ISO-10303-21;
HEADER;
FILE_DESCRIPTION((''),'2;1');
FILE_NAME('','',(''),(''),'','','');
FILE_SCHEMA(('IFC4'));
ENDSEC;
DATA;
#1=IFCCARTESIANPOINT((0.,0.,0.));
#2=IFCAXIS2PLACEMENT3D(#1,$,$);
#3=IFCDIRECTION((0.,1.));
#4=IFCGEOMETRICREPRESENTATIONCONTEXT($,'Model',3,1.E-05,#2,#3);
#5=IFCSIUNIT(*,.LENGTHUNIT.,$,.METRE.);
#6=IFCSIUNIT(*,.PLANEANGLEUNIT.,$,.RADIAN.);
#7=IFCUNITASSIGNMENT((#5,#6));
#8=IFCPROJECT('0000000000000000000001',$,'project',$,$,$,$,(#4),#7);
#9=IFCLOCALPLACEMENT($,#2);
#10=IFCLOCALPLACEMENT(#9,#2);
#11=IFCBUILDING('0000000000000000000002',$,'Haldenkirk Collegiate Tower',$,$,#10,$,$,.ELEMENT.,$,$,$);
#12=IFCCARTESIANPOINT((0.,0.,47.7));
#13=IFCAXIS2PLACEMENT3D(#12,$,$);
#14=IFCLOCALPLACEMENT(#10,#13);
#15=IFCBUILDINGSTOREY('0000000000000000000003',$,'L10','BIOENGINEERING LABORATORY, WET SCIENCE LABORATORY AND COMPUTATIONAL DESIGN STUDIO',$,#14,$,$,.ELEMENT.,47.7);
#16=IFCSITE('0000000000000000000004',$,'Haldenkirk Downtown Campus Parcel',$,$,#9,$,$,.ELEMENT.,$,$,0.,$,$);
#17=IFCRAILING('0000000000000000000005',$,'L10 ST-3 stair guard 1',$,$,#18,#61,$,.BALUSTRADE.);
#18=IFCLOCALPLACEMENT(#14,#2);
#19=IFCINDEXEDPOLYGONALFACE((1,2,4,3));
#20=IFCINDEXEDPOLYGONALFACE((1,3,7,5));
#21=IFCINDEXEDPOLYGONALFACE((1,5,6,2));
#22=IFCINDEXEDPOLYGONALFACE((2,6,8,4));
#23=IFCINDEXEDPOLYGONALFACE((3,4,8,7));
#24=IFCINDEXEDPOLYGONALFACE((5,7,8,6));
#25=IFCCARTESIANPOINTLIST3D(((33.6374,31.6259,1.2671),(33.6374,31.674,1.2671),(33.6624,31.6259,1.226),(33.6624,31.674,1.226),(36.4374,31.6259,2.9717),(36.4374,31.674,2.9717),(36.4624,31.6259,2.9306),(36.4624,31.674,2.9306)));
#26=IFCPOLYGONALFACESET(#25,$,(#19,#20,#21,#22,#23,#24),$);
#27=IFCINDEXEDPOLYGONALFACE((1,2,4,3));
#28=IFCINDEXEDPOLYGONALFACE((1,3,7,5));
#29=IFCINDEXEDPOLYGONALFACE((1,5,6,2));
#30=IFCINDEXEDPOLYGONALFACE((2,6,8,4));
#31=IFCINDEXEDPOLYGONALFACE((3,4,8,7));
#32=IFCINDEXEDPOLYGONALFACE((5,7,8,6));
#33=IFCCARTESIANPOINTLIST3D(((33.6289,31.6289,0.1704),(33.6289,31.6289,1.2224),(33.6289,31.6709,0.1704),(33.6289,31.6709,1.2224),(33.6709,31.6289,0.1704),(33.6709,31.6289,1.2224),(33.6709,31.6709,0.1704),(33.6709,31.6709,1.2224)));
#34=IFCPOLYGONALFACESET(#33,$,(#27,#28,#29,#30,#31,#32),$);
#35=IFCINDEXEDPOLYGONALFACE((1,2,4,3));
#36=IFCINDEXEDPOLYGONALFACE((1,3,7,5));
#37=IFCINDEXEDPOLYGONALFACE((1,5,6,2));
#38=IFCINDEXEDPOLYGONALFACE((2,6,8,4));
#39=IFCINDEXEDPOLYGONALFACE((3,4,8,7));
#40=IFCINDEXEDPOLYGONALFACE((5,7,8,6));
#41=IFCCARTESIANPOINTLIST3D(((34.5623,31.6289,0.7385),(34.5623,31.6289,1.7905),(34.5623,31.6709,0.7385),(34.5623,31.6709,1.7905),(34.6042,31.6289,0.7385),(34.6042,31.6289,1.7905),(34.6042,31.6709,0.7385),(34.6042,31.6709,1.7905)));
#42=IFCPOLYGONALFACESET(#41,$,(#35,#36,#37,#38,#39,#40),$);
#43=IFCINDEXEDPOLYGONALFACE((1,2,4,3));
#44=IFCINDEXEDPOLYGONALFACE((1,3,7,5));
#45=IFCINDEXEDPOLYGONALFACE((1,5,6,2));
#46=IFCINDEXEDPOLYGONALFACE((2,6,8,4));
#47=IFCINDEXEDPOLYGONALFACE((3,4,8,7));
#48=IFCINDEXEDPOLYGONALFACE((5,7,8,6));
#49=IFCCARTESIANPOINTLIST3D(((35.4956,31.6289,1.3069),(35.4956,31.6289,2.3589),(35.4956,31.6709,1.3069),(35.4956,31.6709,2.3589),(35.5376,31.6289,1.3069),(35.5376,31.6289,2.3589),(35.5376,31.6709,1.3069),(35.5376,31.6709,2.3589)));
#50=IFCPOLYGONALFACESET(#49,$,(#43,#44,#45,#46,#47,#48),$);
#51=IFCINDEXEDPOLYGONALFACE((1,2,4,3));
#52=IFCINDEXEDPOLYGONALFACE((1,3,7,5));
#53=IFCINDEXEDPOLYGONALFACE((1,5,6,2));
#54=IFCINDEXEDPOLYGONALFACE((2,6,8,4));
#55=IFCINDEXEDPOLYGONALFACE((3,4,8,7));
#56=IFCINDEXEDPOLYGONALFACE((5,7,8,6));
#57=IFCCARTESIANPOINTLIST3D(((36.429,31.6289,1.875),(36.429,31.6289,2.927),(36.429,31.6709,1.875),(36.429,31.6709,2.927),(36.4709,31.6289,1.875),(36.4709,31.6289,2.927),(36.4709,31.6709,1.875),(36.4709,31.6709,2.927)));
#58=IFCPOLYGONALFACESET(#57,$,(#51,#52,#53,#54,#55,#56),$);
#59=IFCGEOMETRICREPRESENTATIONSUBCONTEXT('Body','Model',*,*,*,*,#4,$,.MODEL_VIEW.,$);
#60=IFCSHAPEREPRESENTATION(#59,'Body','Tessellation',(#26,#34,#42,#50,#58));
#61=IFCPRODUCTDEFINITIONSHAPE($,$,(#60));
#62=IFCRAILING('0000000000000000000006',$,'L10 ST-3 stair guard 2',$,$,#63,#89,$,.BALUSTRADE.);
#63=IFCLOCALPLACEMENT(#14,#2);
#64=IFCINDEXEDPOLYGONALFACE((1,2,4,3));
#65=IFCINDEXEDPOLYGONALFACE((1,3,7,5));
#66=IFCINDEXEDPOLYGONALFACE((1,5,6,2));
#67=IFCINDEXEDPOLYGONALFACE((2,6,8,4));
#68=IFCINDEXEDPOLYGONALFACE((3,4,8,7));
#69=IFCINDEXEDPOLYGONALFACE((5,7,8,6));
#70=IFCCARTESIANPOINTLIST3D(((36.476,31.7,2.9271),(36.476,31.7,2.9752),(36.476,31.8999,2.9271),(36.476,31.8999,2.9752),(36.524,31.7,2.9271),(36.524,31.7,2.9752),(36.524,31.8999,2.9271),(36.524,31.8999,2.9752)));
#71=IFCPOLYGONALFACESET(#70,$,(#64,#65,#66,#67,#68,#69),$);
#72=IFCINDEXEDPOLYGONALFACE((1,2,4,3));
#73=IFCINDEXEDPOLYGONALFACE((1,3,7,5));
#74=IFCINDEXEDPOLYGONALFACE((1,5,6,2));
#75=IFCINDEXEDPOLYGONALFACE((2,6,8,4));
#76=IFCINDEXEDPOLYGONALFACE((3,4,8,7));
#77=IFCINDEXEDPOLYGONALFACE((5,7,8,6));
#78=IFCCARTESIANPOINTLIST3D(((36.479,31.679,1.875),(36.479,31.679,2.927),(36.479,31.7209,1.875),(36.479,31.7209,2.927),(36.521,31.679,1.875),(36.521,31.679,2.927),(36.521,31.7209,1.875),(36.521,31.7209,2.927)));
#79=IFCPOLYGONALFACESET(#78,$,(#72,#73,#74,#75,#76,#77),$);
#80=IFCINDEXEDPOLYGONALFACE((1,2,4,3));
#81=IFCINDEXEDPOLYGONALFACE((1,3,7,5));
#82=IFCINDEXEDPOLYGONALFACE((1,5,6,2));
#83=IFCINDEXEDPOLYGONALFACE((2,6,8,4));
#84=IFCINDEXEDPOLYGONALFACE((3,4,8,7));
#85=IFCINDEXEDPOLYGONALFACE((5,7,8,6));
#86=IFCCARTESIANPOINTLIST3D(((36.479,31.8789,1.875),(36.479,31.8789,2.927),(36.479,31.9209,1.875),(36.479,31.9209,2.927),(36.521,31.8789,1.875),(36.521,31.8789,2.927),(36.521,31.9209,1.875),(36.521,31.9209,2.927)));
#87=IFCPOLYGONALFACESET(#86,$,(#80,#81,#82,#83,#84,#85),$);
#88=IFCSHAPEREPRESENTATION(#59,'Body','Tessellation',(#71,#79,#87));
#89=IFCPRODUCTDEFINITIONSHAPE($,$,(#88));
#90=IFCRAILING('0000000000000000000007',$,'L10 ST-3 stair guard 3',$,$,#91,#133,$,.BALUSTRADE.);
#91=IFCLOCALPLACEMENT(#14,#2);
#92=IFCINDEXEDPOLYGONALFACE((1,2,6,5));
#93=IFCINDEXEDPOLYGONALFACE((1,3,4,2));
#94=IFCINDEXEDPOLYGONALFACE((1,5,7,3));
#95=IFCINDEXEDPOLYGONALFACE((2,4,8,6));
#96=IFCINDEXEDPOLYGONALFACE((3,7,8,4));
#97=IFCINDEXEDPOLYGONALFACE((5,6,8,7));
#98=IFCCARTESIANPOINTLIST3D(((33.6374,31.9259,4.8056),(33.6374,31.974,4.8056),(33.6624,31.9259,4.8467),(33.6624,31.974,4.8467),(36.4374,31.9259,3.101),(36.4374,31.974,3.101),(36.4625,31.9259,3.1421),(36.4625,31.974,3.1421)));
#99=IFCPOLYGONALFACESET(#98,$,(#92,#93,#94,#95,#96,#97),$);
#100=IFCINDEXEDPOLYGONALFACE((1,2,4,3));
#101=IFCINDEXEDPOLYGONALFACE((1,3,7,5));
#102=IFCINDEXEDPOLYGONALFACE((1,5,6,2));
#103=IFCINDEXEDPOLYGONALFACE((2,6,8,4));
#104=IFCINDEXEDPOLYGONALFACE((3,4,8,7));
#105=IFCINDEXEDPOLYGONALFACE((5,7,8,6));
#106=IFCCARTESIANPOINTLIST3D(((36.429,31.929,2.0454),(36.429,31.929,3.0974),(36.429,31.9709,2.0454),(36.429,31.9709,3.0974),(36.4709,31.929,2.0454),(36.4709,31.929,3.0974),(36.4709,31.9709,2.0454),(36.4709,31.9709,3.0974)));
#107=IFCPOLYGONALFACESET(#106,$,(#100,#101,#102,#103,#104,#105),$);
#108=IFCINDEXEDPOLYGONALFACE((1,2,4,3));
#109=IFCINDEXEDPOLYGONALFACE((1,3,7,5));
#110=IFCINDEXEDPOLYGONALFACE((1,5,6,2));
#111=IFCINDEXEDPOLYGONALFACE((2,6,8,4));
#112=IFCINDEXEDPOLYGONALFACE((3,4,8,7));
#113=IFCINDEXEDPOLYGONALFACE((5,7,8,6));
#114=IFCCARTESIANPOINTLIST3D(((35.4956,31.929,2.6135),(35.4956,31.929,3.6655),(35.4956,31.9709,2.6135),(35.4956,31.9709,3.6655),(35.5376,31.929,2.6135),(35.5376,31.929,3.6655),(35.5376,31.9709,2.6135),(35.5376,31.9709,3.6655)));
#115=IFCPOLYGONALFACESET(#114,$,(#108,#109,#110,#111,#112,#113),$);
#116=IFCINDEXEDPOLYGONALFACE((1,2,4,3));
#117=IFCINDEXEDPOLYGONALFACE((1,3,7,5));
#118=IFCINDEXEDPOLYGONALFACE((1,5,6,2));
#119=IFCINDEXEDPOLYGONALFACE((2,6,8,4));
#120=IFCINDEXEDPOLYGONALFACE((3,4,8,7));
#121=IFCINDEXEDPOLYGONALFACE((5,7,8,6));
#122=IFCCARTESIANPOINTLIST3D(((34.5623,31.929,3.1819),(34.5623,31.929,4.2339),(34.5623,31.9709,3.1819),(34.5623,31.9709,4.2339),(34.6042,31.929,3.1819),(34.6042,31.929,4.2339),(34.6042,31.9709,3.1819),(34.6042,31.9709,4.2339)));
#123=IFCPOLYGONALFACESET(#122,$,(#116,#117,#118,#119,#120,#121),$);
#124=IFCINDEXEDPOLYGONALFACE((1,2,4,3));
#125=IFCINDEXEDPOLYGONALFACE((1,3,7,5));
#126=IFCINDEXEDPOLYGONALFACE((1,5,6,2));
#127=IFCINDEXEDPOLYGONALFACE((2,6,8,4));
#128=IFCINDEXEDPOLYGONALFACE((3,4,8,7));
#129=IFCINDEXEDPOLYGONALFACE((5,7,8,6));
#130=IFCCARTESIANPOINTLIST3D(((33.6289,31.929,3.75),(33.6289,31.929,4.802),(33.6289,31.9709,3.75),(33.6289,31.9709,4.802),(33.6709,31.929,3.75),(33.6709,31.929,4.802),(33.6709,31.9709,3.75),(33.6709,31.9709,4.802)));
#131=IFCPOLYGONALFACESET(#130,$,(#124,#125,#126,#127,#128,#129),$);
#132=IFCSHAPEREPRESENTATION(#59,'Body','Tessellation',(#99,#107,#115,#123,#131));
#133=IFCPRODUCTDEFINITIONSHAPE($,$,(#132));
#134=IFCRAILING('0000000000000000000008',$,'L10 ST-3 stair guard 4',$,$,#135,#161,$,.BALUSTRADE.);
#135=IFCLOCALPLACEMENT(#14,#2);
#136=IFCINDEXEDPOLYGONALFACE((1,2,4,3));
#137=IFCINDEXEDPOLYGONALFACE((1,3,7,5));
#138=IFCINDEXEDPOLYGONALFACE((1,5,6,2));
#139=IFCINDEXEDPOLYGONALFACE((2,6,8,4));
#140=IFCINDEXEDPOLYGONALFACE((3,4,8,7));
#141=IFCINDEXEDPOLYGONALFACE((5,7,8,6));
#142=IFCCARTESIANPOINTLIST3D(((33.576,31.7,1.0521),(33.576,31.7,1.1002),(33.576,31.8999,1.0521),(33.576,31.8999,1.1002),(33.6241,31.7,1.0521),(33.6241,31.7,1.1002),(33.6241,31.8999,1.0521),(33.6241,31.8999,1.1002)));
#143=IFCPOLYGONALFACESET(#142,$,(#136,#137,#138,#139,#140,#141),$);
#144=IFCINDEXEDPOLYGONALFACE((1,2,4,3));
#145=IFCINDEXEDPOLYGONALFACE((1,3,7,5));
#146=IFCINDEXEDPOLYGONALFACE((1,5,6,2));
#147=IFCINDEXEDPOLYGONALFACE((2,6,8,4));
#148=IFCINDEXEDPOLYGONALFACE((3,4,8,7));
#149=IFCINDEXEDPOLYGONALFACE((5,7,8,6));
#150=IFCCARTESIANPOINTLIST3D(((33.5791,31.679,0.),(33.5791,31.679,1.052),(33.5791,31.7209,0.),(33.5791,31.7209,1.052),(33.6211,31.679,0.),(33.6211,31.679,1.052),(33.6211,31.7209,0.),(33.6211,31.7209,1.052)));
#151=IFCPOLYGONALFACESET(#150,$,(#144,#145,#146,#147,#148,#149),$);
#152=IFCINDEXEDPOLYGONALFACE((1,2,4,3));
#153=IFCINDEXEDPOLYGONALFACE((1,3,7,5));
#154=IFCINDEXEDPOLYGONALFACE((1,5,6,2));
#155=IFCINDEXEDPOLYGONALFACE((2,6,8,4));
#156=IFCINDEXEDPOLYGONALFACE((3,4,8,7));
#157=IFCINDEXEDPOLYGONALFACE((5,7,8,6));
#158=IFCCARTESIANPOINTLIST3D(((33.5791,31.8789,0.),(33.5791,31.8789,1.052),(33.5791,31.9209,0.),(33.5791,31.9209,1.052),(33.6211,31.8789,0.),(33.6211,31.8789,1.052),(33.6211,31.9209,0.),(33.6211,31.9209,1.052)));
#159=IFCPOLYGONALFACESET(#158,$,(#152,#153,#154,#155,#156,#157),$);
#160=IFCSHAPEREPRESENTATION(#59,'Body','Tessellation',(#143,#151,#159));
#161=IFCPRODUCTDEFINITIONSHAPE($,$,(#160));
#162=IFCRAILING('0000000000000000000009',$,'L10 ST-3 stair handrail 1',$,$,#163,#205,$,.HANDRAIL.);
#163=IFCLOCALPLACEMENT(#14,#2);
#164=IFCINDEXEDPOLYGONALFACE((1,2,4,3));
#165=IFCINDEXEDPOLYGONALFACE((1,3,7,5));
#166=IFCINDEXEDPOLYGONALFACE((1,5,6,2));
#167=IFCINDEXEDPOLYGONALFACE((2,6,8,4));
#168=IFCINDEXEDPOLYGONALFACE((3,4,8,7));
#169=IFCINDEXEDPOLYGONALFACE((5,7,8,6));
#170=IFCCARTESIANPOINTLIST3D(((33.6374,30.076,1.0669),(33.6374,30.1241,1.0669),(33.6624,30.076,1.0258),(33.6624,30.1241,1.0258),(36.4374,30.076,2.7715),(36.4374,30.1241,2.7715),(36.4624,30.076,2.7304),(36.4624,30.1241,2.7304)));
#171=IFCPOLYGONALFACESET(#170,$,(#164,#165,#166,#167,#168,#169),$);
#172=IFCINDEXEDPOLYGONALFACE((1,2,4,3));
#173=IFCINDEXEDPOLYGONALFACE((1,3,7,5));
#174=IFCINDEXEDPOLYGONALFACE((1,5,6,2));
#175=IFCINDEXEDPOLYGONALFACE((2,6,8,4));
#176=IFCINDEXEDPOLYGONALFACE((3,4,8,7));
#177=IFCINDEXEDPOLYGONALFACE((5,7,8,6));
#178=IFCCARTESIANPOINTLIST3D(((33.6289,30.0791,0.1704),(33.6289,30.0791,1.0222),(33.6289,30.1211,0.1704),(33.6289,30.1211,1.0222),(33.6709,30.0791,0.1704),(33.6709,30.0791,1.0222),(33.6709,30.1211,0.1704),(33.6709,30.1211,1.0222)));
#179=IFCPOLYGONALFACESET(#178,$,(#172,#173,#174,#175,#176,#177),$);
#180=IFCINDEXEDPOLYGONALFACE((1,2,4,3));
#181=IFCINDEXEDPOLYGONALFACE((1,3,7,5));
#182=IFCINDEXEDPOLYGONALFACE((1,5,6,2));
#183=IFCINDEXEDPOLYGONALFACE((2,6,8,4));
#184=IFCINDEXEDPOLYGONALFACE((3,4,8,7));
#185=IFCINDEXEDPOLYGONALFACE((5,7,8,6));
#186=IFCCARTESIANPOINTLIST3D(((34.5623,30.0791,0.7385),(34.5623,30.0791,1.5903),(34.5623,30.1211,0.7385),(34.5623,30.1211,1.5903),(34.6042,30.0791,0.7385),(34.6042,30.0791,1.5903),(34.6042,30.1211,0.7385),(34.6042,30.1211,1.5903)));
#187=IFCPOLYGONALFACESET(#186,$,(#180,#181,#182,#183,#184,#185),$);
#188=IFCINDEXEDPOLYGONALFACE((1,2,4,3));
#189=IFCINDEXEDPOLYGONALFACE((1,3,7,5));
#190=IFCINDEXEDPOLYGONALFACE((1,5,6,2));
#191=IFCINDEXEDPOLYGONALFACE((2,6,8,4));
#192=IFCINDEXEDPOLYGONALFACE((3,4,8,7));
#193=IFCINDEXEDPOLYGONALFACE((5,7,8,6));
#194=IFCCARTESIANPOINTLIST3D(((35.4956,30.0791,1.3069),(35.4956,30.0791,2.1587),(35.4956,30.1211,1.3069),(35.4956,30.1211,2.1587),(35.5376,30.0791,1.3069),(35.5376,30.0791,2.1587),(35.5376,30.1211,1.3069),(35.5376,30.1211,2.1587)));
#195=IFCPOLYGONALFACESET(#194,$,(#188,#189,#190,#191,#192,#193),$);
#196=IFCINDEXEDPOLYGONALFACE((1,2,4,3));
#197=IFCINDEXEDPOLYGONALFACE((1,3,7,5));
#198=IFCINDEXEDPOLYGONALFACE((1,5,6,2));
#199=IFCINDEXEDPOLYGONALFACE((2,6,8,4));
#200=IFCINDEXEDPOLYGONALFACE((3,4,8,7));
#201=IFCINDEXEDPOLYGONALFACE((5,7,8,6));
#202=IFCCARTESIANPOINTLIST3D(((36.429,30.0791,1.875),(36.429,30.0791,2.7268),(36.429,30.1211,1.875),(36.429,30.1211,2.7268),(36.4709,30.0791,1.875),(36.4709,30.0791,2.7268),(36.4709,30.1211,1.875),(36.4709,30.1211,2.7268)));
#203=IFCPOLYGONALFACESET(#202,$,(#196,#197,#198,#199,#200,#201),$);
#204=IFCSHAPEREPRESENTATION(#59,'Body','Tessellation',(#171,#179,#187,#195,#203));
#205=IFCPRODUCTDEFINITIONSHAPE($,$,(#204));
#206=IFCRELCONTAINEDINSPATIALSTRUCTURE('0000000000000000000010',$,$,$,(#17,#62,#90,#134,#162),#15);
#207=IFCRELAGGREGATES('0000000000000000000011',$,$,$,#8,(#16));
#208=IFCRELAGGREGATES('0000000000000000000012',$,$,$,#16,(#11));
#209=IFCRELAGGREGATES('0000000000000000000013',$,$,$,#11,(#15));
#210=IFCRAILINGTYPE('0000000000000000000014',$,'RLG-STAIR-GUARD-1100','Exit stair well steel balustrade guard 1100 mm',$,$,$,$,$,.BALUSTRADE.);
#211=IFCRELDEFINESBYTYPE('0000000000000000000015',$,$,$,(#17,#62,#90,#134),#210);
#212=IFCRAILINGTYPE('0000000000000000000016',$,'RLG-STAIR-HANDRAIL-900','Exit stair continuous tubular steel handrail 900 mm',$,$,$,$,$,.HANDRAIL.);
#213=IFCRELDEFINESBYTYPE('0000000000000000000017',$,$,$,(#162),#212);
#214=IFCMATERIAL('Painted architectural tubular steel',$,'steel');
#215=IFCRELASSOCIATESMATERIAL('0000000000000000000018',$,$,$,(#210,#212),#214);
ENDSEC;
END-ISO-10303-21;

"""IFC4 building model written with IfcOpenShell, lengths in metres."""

from ifc_helpers import new_model, si_unit, direction, frame, origin, origin_2d, place, context, subcontext, project, spatial, rectangle, extrude, material, type_object, element, save


model = new_model("IFC4")

# Units and contexts
model_context = context("Model", 3, precision=1e-05, world=origin(), true_north=direction((0.0, 1.0)))
body_context = subcontext(model_context, "Body", "Model", "MODEL_VIEW")
ifc_project = project(units=[si_unit("LENGTHUNIT", "METRE"), si_unit("PLANEANGLEUNIT", "RADIAN")], contexts=[model_context])

# Site, building, storey
site_placement = place(None, origin())
site = spatial("IfcSite", under=ifc_project, at=site_placement, Name="Haldenkirk Downtown Campus Parcel", CompositionType="ELEMENT", RefElevation=0.0)
building_placement = place(site_placement, origin())
building = spatial("IfcBuilding", under=site, at=building_placement, Name="Haldenkirk Collegiate Tower", CompositionType="ELEMENT")
storey_placement = place(building_placement, frame((0.0, 0.0, 47.7)))
storey = spatial("IfcBuildingStorey", under=building, at=storey_placement, Name="L10", Description="BIOENGINEERING LABORATORY, WET SCIENCE LABORATORY AND COMPUTATIONAL DESIGN STUDIO", CompositionType="ELEMENT", Elevation=47.7)

# Railings
ifc_material_1 = material(Name="Painted architectural tubular steel", Category="steel")
railing_type_1 = type_object("IfcRailingType", Name="RLG-STAIR-GUARD-1100", Description="Exit stair well steel balustrade guard 1100 mm", PredefinedType="BALUSTRADE", material=ifc_material_1)
railing_1_placement = place(storey_placement, frame((33.6499, 31.6499, 0.1704)))
element("IfcRailing", 1, at=railing_1_placement, inside=storey, type_object=railing_type_1, Name="L10 ST-3 stair guard 1", PredefinedType="BALUSTRADE", context=body_context, shape_type="SweptSolid", body=[
    extrude(rectangle(XDim=0.0481, YDim=0.0481, at=origin_2d()), frame((0.0, 0.0, 1.0762), z_axis=(0.85417, 0.0, 0.519994), x_axis=(0.0, 1.0, 0.0)), (0.0, 0.0, 1.0), 3.2781),
    extrude(rectangle(XDim=0.042, YDim=0.042, at=origin_2d()), origin(), (0.0, 0.0, 1.0), 1.052),
    extrude(rectangle(XDim=0.042, YDim=0.042, at=origin_2d()), frame((0.9333, 0.0, 0.5681)), (0.0, 0.0, 1.0), 1.052),
    extrude(rectangle(XDim=0.042, YDim=0.042, at=origin_2d()), frame((1.8667, 0.0, 1.1365)), (0.0, 0.0, 1.0), 1.052),
    extrude(rectangle(XDim=0.042, YDim=0.042, at=origin_2d()), frame((2.8, 0.0, 1.7046)), (0.0, 0.0, 1.0), 1.052),
])
railing_2_placement = place(storey_placement, frame((36.5, 31.7, 1.875)))
element("IfcRailing", 2, at=railing_2_placement, inside=storey, type_object=railing_type_1, Name="L10 ST-3 stair guard 2", PredefinedType="BALUSTRADE", context=body_context, shape_type="SweptSolid", body=[
    extrude(rectangle(XDim=0.0481, YDim=0.0481, at=origin_2d()), frame((0.0, 0.0, 1.0762), z_axis=(0.0, 1.0, 0.0), x_axis=(-1.0, 0.0, 0.0)), (0.0, 0.0, 1.0), 0.2),
    extrude(rectangle(XDim=0.042, YDim=0.042, at=origin_2d()), origin(), (0.0, 0.0, 1.0), 1.052),
    extrude(rectangle(XDim=0.042, YDim=0.042, at=origin_2d()), frame((0.0, 0.2, 0.0)), (0.0, 0.0, 1.0), 1.052),
])
railing_3_placement = place(storey_placement, frame((36.45, 31.95, 2.0454)))
element("IfcRailing", 3, at=railing_3_placement, inside=storey, type_object=railing_type_1, Name="L10 ST-3 stair guard 3", PredefinedType="BALUSTRADE", context=body_context, shape_type="SweptSolid", body=[
    extrude(rectangle(XDim=0.0481, YDim=0.0481, at=origin_2d()), frame((0.0, 0.0, 1.0762), z_axis=(-0.85417, 0.0, 0.519994), x_axis=(0.0, -1.0, 0.0)), (0.0, 0.0, 1.0), 3.2781),
    extrude(rectangle(XDim=0.042, YDim=0.042, at=origin_2d()), origin(), (0.0, 0.0, 1.0), 1.052),
    extrude(rectangle(XDim=0.042, YDim=0.042, at=origin_2d()), frame((-0.9333, 0.0, 0.5681)), (0.0, 0.0, 1.0), 1.052),
    extrude(rectangle(XDim=0.042, YDim=0.042, at=origin_2d()), frame((-1.8667, 0.0, 1.1365)), (0.0, 0.0, 1.0), 1.052),
    extrude(rectangle(XDim=0.042, YDim=0.042, at=origin_2d()), frame((-2.8, 0.0, 1.7046)), (0.0, 0.0, 1.0), 1.052),
])
railing_4_placement = place(storey_placement, frame((33.6001, 31.7, 0.0)))
element("IfcRailing", 4, at=railing_4_placement, inside=storey, type_object=railing_type_1, Name="L10 ST-3 stair guard 4", PredefinedType="BALUSTRADE", context=body_context, shape_type="SweptSolid", body=[
    extrude(rectangle(XDim=0.0481, YDim=0.0481, at=origin_2d()), frame((0.0, 0.0, 1.0762), z_axis=(0.0, 1.0, 0.0), x_axis=(-1.0, 0.0, 0.0)), (0.0, 0.0, 1.0), 0.2),
    extrude(rectangle(XDim=0.042, YDim=0.042, at=origin_2d()), origin(), (0.0, 0.0, 1.0), 1.052),
    extrude(rectangle(XDim=0.042, YDim=0.042, at=origin_2d()), frame((0.0, 0.2, 0.0)), (0.0, 0.0, 1.0), 1.052),
])
railing_type_2 = type_object("IfcRailingType", Name="RLG-STAIR-HANDRAIL-900", Description="Exit stair continuous tubular steel handrail 900 mm", PredefinedType="HANDRAIL", material=ifc_material_1)
railing_5_placement = place(storey_placement, frame((33.6499, 30.1001, 0.1704)))
element("IfcRailing", 5, at=railing_5_placement, inside=storey, type_object=railing_type_2, Name="L10 ST-3 stair handrail 1", PredefinedType="HANDRAIL", context=body_context, shape_type="SweptSolid", body=[
    extrude(rectangle(XDim=0.0481, YDim=0.0481, at=origin_2d()), frame((0.0, 0.0, 0.876), z_axis=(0.85417, 0.0, 0.519994), x_axis=(0.0, 1.0, 0.0)), (0.0, 0.0, 1.0), 3.2781),
    extrude(rectangle(XDim=0.042, YDim=0.042, at=origin_2d()), origin(), (0.0, 0.0, 1.0), 0.8518),
    extrude(rectangle(XDim=0.042, YDim=0.042, at=origin_2d()), frame((0.9333, 0.0, 0.5681)), (0.0, 0.0, 1.0), 0.8518),
    extrude(rectangle(XDim=0.042, YDim=0.042, at=origin_2d()), frame((1.8667, 0.0, 1.1365)), (0.0, 0.0, 1.0), 0.8518),
    extrude(rectangle(XDim=0.042, YDim=0.042, at=origin_2d()), frame((2.8, 0.0, 1.7046)), (0.0, 0.0, 1.0), 0.8518),
])

save(model, "model.ifc")
